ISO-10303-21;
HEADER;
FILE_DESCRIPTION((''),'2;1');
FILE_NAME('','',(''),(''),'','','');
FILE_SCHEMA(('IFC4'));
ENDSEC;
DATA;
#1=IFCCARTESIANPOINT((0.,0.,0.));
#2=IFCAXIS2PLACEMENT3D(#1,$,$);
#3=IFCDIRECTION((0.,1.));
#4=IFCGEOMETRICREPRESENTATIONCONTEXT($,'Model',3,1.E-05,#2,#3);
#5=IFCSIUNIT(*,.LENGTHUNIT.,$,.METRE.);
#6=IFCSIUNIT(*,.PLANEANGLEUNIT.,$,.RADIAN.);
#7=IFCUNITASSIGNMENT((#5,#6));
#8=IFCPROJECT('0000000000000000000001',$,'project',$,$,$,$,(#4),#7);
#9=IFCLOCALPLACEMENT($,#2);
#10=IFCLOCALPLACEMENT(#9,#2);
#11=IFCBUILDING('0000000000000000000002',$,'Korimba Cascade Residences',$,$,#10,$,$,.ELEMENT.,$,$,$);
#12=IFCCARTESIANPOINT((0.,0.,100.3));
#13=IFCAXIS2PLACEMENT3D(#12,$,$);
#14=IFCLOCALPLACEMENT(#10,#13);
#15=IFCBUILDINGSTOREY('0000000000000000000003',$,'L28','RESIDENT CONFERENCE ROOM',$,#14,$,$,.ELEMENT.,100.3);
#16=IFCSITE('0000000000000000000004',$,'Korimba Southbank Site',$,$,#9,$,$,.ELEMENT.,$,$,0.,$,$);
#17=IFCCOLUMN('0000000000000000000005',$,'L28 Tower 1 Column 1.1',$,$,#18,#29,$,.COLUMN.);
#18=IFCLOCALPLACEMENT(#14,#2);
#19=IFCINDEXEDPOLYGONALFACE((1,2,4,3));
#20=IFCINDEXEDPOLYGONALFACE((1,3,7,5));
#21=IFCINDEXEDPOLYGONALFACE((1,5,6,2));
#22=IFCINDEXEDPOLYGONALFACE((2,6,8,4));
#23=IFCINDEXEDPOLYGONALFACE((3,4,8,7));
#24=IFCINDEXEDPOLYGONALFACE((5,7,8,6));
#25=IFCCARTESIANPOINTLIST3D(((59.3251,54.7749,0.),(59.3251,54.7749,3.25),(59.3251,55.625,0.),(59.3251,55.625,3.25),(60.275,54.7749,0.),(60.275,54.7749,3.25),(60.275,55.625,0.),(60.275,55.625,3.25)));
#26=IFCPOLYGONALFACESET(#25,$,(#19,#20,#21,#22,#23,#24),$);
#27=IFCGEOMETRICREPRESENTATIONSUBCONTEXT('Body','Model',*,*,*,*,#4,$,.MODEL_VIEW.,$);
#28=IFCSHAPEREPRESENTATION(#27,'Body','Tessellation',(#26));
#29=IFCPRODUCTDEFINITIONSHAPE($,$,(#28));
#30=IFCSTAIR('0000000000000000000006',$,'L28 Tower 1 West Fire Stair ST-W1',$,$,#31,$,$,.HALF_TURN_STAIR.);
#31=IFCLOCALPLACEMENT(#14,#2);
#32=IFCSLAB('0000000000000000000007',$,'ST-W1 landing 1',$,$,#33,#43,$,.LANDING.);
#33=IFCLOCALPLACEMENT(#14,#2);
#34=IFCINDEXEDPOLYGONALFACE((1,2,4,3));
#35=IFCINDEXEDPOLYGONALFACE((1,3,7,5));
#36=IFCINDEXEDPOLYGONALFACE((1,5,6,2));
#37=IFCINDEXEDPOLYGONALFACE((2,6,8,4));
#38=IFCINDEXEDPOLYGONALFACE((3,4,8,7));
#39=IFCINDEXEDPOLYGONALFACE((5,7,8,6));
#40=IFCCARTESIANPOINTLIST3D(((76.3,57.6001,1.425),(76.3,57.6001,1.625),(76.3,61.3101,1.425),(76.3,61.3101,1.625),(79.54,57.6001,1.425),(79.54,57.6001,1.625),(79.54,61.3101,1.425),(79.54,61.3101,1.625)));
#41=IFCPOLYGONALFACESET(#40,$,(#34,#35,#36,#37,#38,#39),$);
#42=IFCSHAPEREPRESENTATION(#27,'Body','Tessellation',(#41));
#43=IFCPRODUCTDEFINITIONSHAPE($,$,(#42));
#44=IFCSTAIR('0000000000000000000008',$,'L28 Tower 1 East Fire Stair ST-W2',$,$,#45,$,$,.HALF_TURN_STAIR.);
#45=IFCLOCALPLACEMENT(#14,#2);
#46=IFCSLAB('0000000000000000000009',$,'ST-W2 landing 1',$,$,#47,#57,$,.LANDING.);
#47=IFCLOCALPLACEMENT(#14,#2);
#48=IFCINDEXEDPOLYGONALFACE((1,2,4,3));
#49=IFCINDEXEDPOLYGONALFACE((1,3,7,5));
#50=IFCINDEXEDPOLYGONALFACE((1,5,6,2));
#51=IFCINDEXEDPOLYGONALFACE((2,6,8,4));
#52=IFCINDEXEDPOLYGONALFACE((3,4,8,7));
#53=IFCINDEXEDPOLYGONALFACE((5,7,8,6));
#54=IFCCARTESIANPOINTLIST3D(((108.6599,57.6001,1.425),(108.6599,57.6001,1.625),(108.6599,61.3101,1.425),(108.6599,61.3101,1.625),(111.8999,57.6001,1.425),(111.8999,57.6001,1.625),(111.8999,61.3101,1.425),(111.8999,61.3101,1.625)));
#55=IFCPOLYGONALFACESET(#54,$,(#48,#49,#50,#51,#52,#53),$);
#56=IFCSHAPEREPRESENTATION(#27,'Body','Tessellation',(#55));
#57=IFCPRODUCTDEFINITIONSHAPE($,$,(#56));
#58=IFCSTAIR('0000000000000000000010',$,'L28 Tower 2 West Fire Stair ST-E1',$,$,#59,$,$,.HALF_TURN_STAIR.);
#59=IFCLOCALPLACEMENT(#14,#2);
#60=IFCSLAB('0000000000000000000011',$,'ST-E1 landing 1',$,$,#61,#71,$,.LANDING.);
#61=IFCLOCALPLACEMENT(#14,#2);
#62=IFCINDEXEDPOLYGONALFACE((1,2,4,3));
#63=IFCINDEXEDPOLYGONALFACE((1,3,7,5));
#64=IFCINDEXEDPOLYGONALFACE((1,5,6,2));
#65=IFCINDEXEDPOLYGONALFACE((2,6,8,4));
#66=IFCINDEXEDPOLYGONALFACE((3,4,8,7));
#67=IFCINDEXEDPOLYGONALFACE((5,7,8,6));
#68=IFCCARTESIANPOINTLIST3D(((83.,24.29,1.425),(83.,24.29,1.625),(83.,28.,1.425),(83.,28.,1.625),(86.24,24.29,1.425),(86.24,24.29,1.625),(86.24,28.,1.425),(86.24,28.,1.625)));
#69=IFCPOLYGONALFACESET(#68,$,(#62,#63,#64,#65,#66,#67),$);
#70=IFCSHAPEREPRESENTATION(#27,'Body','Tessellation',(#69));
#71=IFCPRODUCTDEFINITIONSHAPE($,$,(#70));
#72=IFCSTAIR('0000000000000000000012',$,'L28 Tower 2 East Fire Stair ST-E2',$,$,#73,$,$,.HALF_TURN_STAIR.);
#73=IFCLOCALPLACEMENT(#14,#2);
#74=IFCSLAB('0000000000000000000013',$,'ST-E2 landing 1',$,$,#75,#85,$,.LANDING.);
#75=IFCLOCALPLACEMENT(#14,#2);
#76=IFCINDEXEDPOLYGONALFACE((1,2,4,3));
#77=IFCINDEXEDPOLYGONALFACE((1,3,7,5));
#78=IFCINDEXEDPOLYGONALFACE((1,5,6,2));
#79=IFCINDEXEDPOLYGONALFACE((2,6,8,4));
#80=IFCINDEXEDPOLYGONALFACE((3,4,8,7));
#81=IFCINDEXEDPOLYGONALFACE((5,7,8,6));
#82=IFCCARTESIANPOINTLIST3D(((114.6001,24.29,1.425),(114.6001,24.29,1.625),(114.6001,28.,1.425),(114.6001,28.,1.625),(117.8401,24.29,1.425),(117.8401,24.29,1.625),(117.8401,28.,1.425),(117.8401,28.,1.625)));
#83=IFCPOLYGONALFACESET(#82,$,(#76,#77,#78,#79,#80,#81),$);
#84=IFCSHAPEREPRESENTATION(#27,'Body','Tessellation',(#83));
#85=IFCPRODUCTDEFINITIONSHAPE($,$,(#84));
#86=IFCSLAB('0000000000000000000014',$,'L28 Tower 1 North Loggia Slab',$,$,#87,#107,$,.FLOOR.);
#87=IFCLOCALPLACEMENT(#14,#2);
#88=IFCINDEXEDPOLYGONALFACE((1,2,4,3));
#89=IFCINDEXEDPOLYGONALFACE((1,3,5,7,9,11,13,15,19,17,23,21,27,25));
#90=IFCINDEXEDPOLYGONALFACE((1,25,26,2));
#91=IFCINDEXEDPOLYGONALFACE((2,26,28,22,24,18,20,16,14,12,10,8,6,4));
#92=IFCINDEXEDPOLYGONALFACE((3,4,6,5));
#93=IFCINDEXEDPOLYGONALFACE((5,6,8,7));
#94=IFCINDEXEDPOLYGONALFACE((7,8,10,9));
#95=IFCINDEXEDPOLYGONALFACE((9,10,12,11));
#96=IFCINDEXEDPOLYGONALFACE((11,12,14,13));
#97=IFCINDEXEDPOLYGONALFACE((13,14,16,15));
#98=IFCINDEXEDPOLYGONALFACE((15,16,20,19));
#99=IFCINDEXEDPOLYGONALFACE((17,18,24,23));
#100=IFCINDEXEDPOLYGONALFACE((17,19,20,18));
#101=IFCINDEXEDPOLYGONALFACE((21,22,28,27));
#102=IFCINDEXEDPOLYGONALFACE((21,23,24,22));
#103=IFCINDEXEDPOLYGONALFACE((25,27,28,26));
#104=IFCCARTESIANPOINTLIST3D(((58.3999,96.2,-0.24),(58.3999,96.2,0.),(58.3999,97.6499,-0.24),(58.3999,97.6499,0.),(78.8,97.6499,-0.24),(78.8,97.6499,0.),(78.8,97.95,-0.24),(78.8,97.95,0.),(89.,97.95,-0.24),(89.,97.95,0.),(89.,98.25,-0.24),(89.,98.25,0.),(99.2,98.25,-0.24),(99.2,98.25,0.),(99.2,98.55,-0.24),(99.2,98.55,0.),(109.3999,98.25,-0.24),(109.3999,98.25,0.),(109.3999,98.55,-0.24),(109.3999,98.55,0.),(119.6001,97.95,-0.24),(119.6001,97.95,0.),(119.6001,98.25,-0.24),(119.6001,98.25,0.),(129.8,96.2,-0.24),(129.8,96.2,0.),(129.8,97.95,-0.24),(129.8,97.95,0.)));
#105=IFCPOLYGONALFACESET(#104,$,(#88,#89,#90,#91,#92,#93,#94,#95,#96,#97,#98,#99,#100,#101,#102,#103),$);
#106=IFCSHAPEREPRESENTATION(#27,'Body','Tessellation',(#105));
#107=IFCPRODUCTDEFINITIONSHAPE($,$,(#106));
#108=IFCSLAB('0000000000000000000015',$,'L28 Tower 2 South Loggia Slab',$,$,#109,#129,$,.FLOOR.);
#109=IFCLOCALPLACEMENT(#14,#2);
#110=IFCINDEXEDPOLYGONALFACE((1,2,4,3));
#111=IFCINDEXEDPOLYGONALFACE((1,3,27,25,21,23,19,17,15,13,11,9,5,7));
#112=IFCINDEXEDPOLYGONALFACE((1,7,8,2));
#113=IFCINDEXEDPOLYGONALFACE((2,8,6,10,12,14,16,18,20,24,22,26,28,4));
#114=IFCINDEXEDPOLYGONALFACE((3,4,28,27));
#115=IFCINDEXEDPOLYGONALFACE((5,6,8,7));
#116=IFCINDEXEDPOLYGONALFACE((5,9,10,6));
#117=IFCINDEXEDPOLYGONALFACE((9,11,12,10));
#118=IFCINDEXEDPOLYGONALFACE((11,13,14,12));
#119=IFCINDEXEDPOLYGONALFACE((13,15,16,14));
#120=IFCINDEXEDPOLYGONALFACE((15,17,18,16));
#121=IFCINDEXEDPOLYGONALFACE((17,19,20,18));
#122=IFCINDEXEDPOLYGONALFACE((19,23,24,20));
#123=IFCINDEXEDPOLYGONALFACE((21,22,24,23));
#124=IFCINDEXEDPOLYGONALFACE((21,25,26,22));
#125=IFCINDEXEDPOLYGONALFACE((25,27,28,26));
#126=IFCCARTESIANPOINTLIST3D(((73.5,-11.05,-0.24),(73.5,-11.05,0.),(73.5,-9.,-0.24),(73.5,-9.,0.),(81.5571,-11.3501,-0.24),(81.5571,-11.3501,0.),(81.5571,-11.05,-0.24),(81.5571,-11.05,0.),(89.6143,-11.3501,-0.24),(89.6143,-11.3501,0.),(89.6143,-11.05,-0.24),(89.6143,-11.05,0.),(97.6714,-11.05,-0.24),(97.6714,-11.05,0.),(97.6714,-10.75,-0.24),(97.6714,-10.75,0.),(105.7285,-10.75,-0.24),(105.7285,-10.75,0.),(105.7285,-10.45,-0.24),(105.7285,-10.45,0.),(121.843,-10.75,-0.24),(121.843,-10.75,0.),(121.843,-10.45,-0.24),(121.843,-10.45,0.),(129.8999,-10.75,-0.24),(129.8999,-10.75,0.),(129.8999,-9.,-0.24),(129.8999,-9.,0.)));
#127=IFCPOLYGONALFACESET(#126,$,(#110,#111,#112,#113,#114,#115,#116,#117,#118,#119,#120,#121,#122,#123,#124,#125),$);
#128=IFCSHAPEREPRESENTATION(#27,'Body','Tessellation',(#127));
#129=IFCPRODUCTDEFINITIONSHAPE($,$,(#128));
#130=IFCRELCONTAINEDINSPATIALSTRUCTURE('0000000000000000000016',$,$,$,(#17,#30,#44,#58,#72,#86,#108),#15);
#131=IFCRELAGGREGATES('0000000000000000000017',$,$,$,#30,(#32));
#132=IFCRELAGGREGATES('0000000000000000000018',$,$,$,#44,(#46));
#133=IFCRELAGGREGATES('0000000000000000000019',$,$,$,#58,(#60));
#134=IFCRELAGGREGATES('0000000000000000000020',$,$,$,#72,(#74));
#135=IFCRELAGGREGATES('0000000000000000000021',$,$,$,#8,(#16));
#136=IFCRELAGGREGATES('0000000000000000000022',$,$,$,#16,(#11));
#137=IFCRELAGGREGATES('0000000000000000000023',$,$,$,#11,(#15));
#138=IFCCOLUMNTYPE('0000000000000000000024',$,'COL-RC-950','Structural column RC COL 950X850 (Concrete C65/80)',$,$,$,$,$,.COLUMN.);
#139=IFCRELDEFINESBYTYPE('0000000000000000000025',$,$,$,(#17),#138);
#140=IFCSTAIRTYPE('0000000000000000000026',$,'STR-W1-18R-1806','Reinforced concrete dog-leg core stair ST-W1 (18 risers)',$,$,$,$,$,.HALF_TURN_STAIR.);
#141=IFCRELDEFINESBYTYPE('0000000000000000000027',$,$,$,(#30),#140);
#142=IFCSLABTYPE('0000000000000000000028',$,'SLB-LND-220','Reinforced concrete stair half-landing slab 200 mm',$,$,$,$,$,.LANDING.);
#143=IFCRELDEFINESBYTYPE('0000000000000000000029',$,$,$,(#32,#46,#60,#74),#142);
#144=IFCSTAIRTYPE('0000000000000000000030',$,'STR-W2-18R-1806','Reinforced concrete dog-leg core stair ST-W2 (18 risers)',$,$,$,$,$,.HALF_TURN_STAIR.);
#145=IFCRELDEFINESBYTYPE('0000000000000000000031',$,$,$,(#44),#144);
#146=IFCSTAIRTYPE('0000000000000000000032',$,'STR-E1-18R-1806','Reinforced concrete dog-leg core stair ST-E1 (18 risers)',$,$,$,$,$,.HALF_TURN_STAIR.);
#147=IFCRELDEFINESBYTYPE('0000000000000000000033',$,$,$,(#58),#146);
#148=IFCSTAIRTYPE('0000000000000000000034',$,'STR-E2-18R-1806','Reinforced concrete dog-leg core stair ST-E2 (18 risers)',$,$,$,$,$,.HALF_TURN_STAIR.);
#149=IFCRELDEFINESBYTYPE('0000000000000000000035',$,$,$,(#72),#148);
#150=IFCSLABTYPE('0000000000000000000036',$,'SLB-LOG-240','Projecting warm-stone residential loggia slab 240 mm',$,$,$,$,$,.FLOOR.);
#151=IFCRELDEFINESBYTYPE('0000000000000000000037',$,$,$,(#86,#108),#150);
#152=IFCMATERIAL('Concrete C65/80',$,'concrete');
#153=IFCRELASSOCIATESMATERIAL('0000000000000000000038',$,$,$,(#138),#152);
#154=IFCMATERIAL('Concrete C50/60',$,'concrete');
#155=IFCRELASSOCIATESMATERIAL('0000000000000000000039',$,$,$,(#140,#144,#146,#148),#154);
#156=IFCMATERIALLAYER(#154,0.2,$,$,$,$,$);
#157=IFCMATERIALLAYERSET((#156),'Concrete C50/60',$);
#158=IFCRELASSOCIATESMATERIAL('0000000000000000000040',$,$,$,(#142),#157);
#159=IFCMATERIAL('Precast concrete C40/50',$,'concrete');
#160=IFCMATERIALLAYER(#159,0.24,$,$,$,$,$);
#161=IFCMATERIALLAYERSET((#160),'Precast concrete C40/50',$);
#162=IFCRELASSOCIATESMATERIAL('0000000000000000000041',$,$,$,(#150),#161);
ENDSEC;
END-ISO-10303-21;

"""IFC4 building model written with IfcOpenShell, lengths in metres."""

from ifc_helpers import new_model, si_unit, direction, frame, origin, origin_2d, place, context, subcontext, project, spatial, polyline, rectangle, outline, extrude, material, layer, layer_set, material_profile, profile_set, type_object, element, aggregate, save


model = new_model("IFC4")

# Units and contexts
model_context = context("Model", 3, precision=1e-05, world=origin(), true_north=direction((0.0, 1.0)))
body_context = subcontext(model_context, "Body", "Model", "MODEL_VIEW")
ifc_project = project(units=[si_unit("LENGTHUNIT", "METRE"), si_unit("PLANEANGLEUNIT", "RADIAN")], contexts=[model_context])

# Site, building, storey
site_placement = place(None, origin())
site = spatial("IfcSite", under=ifc_project, at=site_placement, Name="Korimba Southbank Site", CompositionType="ELEMENT", RefElevation=0.0)
building_placement = place(site_placement, origin())
building = spatial("IfcBuilding", under=site, at=building_placement, Name="Korimba Cascade Residences", CompositionType="ELEMENT")
storey_placement = place(building_placement, frame((0.0, 0.0, 100.3)))
storey = spatial("IfcBuildingStorey", under=building, at=storey_placement, Name="L28", Description="RESIDENT CONFERENCE ROOM", CompositionType="ELEMENT", Elevation=100.3)

# Column
ifc_material_1 = material(Name="Concrete C65/80", Category="concrete")
ifc_material_profile = material_profile(ifc_material_1, rectangle(XDim=0.95, YDim=0.8501, at=origin_2d()), Name="Concrete C65/80")
ifc_profile_set = profile_set([ifc_material_profile], Name="Concrete C65/80")
column_type = type_object("IfcColumnType", Name="COL-RC-950", Description="Structural column RC COL 950X850 (Concrete C65/80)", PredefinedType="COLUMN", material=ifc_profile_set)
column_placement = place(storey_placement, frame((59.8, 55.2, 0.0), z_axis=(0.0, 0.0, 1.0), x_axis=(1.0, 0.0, 0.0)))
element("IfcColumn", 1, at=column_placement, inside=storey, type_object=column_type, Name="L28 Tower 1 Column 1.1", PredefinedType="COLUMN", context=body_context, shape_type="SweptSolid", body=[
    extrude(rectangle(XDim=0.95, YDim=0.8501, at=origin_2d()), origin(), (0.0, 0.0, 1.0), 3.25),
])

# Stairs, slabs
ifc_material_2 = material(Name="Concrete C50/60", Category="concrete")
stair_type_1 = type_object("IfcStairType", Name="STR-W1-18R-1806", Description="Reinforced concrete dog-leg core stair ST-W1 (18 risers)", PredefinedType="HALF_TURN_STAIR", material=ifc_material_2)
stair_1_placement = place(storey_placement, origin())
stair_1 = element("IfcStair", 2, at=stair_1_placement, inside=storey, type_object=stair_type_1, Name="L28 Tower 1 West Fire Stair ST-W1", PredefinedType="HALF_TURN_STAIR")
ifc_layer_1 = layer(ifc_material_2, 0.2)
ifc_layer_set_1 = layer_set([ifc_layer_1], Name="Concrete C50/60")
slab_type_1 = type_object("IfcSlabType", Name="SLB-LND-220", Description="Reinforced concrete stair half-landing slab 200 mm", PredefinedType="LANDING", material=ifc_layer_set_1)
slab_1_placement = place(storey_placement, frame((0.0, 0.0, 1.425)))
slab_1 = element("IfcSlab", 3, at=slab_1_placement, type_object=slab_type_1, Name="ST-W1 landing 1", PredefinedType="LANDING", context=body_context, shape_type="SweptSolid", body=[
    extrude(outline(polyline([(76.3, 61.3101), (76.3, 57.6001), (79.54, 57.6001), (79.54, 61.3101), (76.3, 61.3101)])), origin(), (0.0, 0.0, 1.0), 0.2),
])
aggregate(stair_1, [slab_1])
stair_type_2 = type_object("IfcStairType", Name="STR-W2-18R-1806", Description="Reinforced concrete dog-leg core stair ST-W2 (18 risers)", PredefinedType="HALF_TURN_STAIR", material=ifc_material_2)
stair_2_placement = place(storey_placement, origin())
stair_2 = element("IfcStair", 4, at=stair_2_placement, inside=storey, type_object=stair_type_2, Name="L28 Tower 1 East Fire Stair ST-W2", PredefinedType="HALF_TURN_STAIR")
slab_2_placement = place(storey_placement, frame((0.0, 0.0, 1.425)))
slab_2 = element("IfcSlab", 5, at=slab_2_placement, type_object=slab_type_1, Name="ST-W2 landing 1", PredefinedType="LANDING", context=body_context, shape_type="SweptSolid", body=[
    extrude(outline(polyline([(108.6599, 61.3101), (108.6599, 57.6001), (111.8999, 57.6001), (111.8999, 61.3101), (108.6599, 61.3101)])), origin(), (0.0, 0.0, 1.0), 0.2),
])
aggregate(stair_2, [slab_2])
stair_type_3 = type_object("IfcStairType", Name="STR-E1-18R-1806", Description="Reinforced concrete dog-leg core stair ST-E1 (18 risers)", PredefinedType="HALF_TURN_STAIR", material=ifc_material_2)
stair_3_placement = place(storey_placement, origin())
stair_3 = element("IfcStair", 6, at=stair_3_placement, inside=storey, type_object=stair_type_3, Name="L28 Tower 2 West Fire Stair ST-E1", PredefinedType="HALF_TURN_STAIR")
slab_3_placement = place(storey_placement, frame((0.0, 0.0, 1.425)))
slab_3 = element("IfcSlab", 7, at=slab_3_placement, type_object=slab_type_1, Name="ST-E1 landing 1", PredefinedType="LANDING", context=body_context, shape_type="SweptSolid", body=[
    extrude(outline(polyline([(86.24, 24.29), (86.24, 28.0), (83.0, 28.0), (83.0, 24.29), (86.24, 24.29)])), origin(), (0.0, 0.0, 1.0), 0.2),
])
aggregate(stair_3, [slab_3])
stair_type_4 = type_object("IfcStairType", Name="STR-E2-18R-1806", Description="Reinforced concrete dog-leg core stair ST-E2 (18 risers)", PredefinedType="HALF_TURN_STAIR", material=ifc_material_2)
stair_4_placement = place(storey_placement, origin())
stair_4 = element("IfcStair", 8, at=stair_4_placement, inside=storey, type_object=stair_type_4, Name="L28 Tower 2 East Fire Stair ST-E2", PredefinedType="HALF_TURN_STAIR")
slab_4_placement = place(storey_placement, frame((0.0, 0.0, 1.425)))
slab_4 = element("IfcSlab", 9, at=slab_4_placement, type_object=slab_type_1, Name="ST-E2 landing 1", PredefinedType="LANDING", context=body_context, shape_type="SweptSolid", body=[
    extrude(outline(polyline([(117.8401, 24.29), (117.8401, 28.0), (114.6001, 28.0), (114.6001, 24.29), (117.8401, 24.29)])), origin(), (0.0, 0.0, 1.0), 0.2),
])
aggregate(stair_4, [slab_4])

# Slabs
ifc_material_3 = material(Name="Precast concrete C40/50", Category="concrete")
ifc_layer_2 = layer(ifc_material_3, 0.24)
ifc_layer_set_2 = layer_set([ifc_layer_2], Name="Precast concrete C40/50")
slab_type_2 = type_object("IfcSlabType", Name="SLB-LOG-240", Description="Projecting warm-stone residential loggia slab 240 mm", PredefinedType="FLOOR", material=ifc_layer_set_2)
slab_5_placement = place(storey_placement, frame((0.0, 0.0, -0.24)))
element("IfcSlab", 10, at=slab_5_placement, inside=storey, type_object=slab_type_2, Name="L28 Tower 1 North Loggia Slab", PredefinedType="FLOOR", context=body_context, shape_type="SweptSolid", body=[
    extrude(outline(polyline([(58.3999, 96.2), (129.8, 96.2), (129.8, 97.95), (119.6001, 97.95), (119.6001, 98.25), (109.3999, 98.25), (109.3999, 98.55), (99.2, 98.55), (99.2, 98.25), (89.0, 98.25), (89.0, 97.95), (78.8, 97.95), (78.8, 97.6499), (58.3999, 97.6499), (58.3999, 96.2)])), origin(), (0.0, 0.0, 1.0), 0.24),
])
slab_6_placement = place(storey_placement, frame((0.0, 0.0, -0.24)))
element("IfcSlab", 11, at=slab_6_placement, inside=storey, type_object=slab_type_2, Name="L28 Tower 2 South Loggia Slab", PredefinedType="FLOOR", context=body_context, shape_type="SweptSolid", body=[
    extrude(outline(polyline([(73.5, -11.05), (81.5571, -11.05), (81.5571, -11.3501), (89.6143, -11.3501), (89.6143, -11.05), (97.6714, -11.05), (97.6714, -10.75), (105.7285, -10.75), (105.7285, -10.45), (121.843, -10.45), (121.843, -10.75), (129.8999, -10.75), (129.8999, -9.0), (73.5, -9.0), (73.5, -11.05)])), origin(), (0.0, 0.0, 1.0), 0.24),
])

save(model, "model.ifc")
